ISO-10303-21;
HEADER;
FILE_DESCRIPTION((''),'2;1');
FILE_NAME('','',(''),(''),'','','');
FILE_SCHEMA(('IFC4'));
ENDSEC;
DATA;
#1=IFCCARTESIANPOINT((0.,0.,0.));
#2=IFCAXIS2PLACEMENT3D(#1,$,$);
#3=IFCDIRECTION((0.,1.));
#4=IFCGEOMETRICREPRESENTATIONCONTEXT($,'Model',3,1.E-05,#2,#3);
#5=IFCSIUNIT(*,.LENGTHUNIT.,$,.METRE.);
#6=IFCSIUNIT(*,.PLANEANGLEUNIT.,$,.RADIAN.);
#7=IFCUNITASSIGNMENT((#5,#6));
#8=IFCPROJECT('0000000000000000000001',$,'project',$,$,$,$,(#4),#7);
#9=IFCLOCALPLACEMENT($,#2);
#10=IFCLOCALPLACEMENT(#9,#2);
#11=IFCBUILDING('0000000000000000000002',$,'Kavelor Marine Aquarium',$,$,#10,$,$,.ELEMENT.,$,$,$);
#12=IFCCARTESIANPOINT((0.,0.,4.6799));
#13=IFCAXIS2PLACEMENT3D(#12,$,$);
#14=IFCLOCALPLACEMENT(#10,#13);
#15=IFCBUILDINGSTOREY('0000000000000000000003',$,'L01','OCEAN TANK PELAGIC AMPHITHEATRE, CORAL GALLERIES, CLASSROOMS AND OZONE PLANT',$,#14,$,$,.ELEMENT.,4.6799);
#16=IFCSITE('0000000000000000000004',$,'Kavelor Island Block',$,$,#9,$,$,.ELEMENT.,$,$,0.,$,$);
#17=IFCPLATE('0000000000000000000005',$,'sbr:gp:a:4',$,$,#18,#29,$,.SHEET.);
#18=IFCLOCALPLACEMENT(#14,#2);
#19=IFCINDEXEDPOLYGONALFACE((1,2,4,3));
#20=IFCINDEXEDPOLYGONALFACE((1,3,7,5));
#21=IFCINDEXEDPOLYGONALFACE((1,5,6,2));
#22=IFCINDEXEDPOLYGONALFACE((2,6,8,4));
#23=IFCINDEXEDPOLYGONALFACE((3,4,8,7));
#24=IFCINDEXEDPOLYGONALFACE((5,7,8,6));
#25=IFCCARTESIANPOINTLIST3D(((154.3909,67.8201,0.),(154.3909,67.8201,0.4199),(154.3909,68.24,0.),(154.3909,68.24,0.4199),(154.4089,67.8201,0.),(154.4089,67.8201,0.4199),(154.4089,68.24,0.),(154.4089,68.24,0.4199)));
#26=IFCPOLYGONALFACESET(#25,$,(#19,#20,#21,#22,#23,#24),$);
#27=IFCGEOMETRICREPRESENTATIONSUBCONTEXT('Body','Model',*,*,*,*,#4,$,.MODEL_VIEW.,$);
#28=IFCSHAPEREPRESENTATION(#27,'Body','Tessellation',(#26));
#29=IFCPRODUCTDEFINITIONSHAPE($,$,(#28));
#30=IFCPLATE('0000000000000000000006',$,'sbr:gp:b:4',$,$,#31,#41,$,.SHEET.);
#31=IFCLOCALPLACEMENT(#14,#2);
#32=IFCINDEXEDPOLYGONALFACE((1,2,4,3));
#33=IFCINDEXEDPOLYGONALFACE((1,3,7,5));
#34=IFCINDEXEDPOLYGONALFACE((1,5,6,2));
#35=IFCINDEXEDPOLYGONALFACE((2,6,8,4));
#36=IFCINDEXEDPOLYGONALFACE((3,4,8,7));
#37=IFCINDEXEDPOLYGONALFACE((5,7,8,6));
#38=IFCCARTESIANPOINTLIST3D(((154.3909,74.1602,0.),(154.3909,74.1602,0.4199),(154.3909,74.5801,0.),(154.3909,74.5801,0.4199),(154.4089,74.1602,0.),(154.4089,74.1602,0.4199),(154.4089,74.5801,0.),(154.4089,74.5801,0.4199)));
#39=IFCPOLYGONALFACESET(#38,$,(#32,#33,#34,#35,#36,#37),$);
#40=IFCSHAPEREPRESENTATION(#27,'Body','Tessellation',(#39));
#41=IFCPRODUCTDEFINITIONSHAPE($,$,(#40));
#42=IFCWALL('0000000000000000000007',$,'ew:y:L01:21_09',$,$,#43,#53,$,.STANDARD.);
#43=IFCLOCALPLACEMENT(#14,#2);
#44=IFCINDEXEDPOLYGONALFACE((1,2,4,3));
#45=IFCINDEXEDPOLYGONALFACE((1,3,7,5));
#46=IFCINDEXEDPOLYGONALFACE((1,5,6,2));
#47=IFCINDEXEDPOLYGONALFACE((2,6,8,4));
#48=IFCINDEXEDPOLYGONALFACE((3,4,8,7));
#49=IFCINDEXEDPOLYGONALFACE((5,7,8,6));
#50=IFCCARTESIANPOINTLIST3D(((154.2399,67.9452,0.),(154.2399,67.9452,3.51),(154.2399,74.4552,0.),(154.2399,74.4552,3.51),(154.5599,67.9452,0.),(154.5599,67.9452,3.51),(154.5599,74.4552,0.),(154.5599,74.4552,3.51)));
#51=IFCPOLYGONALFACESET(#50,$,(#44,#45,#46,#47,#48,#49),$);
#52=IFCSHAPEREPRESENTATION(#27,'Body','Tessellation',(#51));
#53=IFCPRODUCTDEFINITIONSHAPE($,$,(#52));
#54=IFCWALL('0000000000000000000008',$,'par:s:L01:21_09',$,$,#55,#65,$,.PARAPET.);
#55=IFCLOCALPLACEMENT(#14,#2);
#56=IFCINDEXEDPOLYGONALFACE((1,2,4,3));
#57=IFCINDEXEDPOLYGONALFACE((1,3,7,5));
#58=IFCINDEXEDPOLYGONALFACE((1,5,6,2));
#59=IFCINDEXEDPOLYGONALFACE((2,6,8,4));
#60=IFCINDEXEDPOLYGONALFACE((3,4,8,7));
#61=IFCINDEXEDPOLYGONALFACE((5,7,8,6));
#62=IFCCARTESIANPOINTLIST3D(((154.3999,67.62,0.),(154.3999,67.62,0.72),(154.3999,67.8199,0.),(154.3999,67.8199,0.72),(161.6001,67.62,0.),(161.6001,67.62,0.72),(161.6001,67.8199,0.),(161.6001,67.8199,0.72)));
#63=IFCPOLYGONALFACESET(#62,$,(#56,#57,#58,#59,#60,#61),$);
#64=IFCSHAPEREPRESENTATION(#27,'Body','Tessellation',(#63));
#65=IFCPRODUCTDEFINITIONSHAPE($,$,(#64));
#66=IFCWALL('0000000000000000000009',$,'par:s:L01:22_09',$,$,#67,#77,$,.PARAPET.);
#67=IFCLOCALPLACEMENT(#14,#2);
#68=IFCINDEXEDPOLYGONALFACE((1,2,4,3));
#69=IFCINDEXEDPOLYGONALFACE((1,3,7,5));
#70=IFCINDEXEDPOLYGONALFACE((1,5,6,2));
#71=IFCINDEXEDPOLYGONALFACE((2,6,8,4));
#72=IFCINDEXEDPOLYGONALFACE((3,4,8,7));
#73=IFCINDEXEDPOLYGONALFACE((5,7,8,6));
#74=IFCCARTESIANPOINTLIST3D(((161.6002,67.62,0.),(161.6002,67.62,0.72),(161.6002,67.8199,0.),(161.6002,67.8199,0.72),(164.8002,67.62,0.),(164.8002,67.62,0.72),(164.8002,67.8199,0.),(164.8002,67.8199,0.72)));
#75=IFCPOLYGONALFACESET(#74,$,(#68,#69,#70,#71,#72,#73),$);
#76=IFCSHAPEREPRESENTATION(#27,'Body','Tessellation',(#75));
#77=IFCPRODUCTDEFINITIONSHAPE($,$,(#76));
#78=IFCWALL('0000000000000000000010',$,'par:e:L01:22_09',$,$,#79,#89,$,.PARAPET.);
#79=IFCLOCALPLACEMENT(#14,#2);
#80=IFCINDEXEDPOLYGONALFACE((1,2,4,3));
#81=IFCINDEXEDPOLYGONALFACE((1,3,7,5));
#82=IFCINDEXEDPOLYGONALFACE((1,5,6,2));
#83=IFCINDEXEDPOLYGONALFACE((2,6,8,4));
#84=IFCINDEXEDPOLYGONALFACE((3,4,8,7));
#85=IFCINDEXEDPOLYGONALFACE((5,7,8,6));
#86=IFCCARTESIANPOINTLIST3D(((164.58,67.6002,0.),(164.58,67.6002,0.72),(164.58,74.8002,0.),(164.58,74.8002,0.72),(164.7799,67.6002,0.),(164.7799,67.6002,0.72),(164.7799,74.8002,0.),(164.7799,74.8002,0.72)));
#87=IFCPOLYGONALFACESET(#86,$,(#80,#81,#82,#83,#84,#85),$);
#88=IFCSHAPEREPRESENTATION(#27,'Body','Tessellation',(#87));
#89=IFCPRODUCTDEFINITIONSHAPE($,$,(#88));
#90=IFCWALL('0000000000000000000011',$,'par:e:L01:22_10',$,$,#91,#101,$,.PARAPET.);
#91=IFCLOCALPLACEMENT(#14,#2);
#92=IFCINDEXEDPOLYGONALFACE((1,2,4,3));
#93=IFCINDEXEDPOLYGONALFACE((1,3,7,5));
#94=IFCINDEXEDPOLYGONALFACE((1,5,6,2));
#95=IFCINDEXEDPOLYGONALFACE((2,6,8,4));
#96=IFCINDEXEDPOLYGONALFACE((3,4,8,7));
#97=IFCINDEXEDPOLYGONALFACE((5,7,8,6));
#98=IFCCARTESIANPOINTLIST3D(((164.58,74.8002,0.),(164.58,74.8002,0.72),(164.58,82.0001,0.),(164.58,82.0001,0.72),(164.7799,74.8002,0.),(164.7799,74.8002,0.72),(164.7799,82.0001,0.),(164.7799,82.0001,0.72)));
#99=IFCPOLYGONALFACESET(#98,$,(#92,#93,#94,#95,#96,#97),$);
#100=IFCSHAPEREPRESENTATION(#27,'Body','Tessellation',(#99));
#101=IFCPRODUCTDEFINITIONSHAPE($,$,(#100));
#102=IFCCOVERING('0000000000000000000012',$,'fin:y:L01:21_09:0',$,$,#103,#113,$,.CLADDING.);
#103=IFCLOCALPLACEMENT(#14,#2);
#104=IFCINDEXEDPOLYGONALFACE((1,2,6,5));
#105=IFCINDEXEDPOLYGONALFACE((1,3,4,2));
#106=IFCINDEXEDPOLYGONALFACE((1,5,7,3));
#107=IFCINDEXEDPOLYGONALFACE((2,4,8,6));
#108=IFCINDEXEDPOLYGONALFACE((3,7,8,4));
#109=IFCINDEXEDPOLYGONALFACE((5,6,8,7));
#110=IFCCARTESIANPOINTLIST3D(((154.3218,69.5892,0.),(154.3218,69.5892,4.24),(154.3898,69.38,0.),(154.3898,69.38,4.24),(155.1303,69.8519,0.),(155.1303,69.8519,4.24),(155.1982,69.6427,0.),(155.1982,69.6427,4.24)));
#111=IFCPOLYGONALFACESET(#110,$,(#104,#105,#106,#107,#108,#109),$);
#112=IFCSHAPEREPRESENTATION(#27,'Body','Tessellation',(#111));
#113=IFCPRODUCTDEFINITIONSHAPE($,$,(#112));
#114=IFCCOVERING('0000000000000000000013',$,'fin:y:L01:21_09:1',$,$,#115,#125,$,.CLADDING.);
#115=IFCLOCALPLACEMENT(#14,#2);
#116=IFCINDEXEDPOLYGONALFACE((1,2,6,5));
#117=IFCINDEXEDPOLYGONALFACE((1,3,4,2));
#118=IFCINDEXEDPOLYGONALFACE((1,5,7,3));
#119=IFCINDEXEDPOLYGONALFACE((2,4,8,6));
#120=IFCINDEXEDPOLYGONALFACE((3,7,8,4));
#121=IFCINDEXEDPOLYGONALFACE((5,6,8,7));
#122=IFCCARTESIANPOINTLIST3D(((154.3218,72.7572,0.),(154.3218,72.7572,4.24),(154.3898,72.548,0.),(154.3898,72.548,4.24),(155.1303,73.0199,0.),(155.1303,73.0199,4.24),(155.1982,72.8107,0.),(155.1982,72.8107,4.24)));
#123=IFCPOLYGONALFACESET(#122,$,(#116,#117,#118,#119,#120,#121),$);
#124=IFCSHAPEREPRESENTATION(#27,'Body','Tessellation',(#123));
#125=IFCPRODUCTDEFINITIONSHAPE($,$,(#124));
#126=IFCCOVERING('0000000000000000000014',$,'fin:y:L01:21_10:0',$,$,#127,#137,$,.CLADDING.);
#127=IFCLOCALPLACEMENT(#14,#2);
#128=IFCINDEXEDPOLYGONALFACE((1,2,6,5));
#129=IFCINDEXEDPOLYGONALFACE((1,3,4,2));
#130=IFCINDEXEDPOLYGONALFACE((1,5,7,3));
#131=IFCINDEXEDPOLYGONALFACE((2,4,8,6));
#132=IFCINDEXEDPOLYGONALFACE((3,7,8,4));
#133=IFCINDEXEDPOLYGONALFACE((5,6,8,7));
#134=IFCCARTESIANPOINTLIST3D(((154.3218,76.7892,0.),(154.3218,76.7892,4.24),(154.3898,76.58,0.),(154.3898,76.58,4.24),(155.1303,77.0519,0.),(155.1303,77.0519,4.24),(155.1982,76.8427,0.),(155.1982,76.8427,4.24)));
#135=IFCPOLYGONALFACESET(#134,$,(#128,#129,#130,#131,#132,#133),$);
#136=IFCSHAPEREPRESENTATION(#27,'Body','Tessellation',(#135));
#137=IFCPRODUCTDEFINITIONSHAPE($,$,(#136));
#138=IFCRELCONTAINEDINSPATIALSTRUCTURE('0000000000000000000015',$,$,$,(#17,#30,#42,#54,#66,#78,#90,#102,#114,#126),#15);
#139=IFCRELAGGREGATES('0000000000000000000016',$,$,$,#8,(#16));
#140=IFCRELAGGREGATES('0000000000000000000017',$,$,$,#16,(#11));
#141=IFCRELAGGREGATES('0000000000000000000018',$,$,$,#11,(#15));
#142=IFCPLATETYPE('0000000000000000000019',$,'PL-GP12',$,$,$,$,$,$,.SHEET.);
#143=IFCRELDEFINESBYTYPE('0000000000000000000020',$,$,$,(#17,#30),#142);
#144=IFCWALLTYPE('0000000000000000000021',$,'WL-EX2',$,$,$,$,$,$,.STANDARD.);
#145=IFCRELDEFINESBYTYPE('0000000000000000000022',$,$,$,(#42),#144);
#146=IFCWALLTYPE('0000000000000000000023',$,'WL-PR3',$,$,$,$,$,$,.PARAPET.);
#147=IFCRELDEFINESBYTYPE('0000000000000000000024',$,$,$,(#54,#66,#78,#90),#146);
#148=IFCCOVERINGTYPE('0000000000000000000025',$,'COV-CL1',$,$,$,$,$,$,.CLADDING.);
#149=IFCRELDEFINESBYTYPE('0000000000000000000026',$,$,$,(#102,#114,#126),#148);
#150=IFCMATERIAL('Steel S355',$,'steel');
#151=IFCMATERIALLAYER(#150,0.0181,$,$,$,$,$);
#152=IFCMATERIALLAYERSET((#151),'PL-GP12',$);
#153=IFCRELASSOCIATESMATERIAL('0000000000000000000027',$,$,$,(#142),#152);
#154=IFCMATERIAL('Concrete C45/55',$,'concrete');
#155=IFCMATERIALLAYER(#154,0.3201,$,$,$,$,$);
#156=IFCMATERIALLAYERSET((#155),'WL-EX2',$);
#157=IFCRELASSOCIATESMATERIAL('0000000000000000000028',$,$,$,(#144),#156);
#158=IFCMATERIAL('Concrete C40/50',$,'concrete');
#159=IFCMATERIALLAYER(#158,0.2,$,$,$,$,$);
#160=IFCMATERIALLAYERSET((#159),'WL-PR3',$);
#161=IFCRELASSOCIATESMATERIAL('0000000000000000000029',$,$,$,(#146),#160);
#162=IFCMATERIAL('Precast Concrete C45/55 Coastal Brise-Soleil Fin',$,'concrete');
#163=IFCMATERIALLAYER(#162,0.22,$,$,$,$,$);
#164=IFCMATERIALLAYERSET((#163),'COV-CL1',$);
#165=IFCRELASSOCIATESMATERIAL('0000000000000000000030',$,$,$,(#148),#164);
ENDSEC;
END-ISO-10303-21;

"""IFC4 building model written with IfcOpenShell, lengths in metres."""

from ifc_helpers import new_model, si_unit, direction, frame, frame_2d, origin, origin_2d, place, context, subcontext, project, spatial, rectangle, extrude, material, layer, layer_set, type_object, element, save


model = new_model("IFC4")

# Units and contexts
model_context = context("Model", 3, precision=1e-05, world=origin(), true_north=direction((0.0, 1.0)))
body_context = subcontext(model_context, "Body", "Model", "MODEL_VIEW")
ifc_project = project(units=[si_unit("LENGTHUNIT", "METRE"), si_unit("PLANEANGLEUNIT", "RADIAN")], contexts=[model_context])

# Site, building, storey
site_placement = place(None, origin())
site = spatial("IfcSite", under=ifc_project, at=site_placement, Name="Kavelor Island Block", CompositionType="ELEMENT", RefElevation=0.0)
building_placement = place(site_placement, origin())
building = spatial("IfcBuilding", under=site, at=building_placement, Name="Kavelor Marine Aquarium", CompositionType="ELEMENT")
storey_placement = place(building_placement, frame((0.0, 0.0, 4.6799)))
storey = spatial("IfcBuildingStorey", under=building, at=storey_placement, Name="L01", Description="OCEAN TANK PELAGIC AMPHITHEATRE, CORAL GALLERIES, CLASSROOMS AND OZONE PLANT", CompositionType="ELEMENT", Elevation=4.6799)

# Plates
ifc_material_1 = material(Name="Steel S355", Category="steel")
ifc_layer_1 = layer(ifc_material_1, 0.0181)
ifc_layer_set_1 = layer_set([ifc_layer_1], Name="PL-GP12")
plate_type_1 = type_object("IfcPlateType", Name="PL-GP12", PredefinedType="SHEET", material=ifc_layer_set_1)
for number, where, z_axis, x_axis, name in (
    (1, (154.3999, 68.03, 0.0), (0.0, 0.0, 1.0), (1.0, 0.0, 0.0), "sbr:gp:a:4"),
    (2, (154.3999, 74.3701, 0.0), (0.0, 0.0, 1.0), (1.0, 0.0, 0.0), "sbr:gp:b:4"),
):
    element("IfcPlate", number, at=place(storey_placement, frame(where, z_axis=z_axis, x_axis=x_axis)), inside=storey, type_object=plate_type_1, Name=name, PredefinedType="SHEET", context=body_context, shape_type="SweptSolid", body=[
        extrude(rectangle(XDim=0.0181, YDim=0.4199, at=origin_2d()), origin(), (0.0, 0.0, 1.0), 0.4199),
    ])

# Walls
ifc_material_2 = material(Name="Concrete C45/55", Category="concrete")
ifc_layer_2 = layer(ifc_material_2, 0.3201)
ifc_layer_set_2 = layer_set([ifc_layer_2], Name="WL-EX2")
wall_type_1 = type_object("IfcWallType", Name="WL-EX2", PredefinedType="STANDARD", material=ifc_layer_set_2)
wall_1_placement = place(storey_placement, frame((154.3999, 74.4551, 0.0), z_axis=(0.0, 0.0, 1.0), x_axis=(0.0, -1.0, 0.0)))
element("IfcWall", 3, at=wall_1_placement, inside=storey, type_object=wall_type_1, Name="ew:y:L01:21_09", PredefinedType="STANDARD", context=body_context, shape_type="SweptSolid", body=[
    extrude(rectangle(XDim=6.51, YDim=0.3201, at=frame_2d((3.2549, 0.0))), origin(), (0.0, 0.0, 1.0), 3.51),
])
ifc_material_3 = material(Name="Concrete C40/50", Category="concrete")
ifc_layer_3 = layer(ifc_material_3, 0.2)
ifc_layer_set_3 = layer_set([ifc_layer_3], Name="WL-PR3")
wall_type_2 = type_object("IfcWallType", Name="WL-PR3", PredefinedType="PARAPET", material=ifc_layer_set_3)
wall_2_placement = place(storey_placement, frame((154.3999, 67.72, 0.0), z_axis=(0.0, 0.0, 1.0), x_axis=(1.0, 0.0, 0.0)))
element("IfcWall", 4, at=wall_2_placement, inside=storey, type_object=wall_type_2, Name="par:s:L01:21_09", PredefinedType="PARAPET", context=body_context, shape_type="SweptSolid", body=[
    extrude(rectangle(XDim=7.2002, YDim=0.2, at=frame_2d((3.6001, 0.0))), origin(), (0.0, 0.0, 1.0), 0.72),
])
wall_3_placement = place(storey_placement, frame((161.6001, 67.72, 0.0), z_axis=(0.0, 0.0, 1.0), x_axis=(1.0, 0.0, 0.0)))
element("IfcWall", 5, at=wall_3_placement, inside=storey, type_object=wall_type_2, Name="par:s:L01:22_09", PredefinedType="PARAPET", context=body_context, shape_type="SweptSolid", body=[
    extrude(rectangle(XDim=3.2, YDim=0.2, at=frame_2d((1.6001, 0.0))), origin(), (0.0, 0.0, 1.0), 0.72),
])
for number, where, z_axis, x_axis, name in (
    (6, (164.6799, 67.6001, 0.0), (0.0, 0.0, 1.0), (0.0, 1.0, 0.0), "par:e:L01:22_09"),
    (7, (164.6799, 74.8, 0.0), (0.0, 0.0, 1.0), (0.0, 1.0, 0.0), "par:e:L01:22_10"),
):
    element("IfcWall", number, at=place(storey_placement, frame(where, z_axis=z_axis, x_axis=x_axis)), inside=storey, type_object=wall_type_2, Name=name, PredefinedType="PARAPET", context=body_context, shape_type="SweptSolid", body=[
        extrude(rectangle(XDim=7.2, YDim=0.2, at=frame_2d((3.6001, 0.0))), origin(), (0.0, 0.0, 1.0), 0.72),
    ])

# Coverings
ifc_material_4 = material(Name="Precast Concrete C45/55 Coastal Brise-Soleil Fin", Category="concrete")
ifc_layer_4 = layer(ifc_material_4, 0.22)
ifc_layer_set_4 = layer_set([ifc_layer_4], Name="COV-CL1")
covering_type = type_object("IfcCoveringType", Name="COV-CL1", PredefinedType="CLADDING", material=ifc_layer_set_4)
for number, where, z_axis, x_axis, name in (
    (8, (154.76, 69.616, 0.0), (0.0, 0.0, 1.0), (0.951057, 0.309017, 0.0), "fin:y:L01:21_09:0"),
    (9, (154.76, 72.7839, 0.0), (0.0, 0.0, 1.0), (0.951057, 0.309017, 0.0), "fin:y:L01:21_09:1"),
    (10, (154.76, 76.8159, 0.0), (0.0, 0.0, 1.0), (0.951057, 0.309017, 0.0), "fin:y:L01:21_10:0"),
):
    element("IfcCovering", number, at=place(storey_placement, frame(where, z_axis=z_axis, x_axis=x_axis)), inside=storey, type_object=covering_type, Name=name, PredefinedType="CLADDING", context=body_context, shape_type="SweptSolid", body=[
        extrude(rectangle(XDim=0.8501, YDim=0.22, at=origin_2d()), origin(), (0.0, 0.0, 1.0), 4.24),
    ])

save(model, "model.ifc")
